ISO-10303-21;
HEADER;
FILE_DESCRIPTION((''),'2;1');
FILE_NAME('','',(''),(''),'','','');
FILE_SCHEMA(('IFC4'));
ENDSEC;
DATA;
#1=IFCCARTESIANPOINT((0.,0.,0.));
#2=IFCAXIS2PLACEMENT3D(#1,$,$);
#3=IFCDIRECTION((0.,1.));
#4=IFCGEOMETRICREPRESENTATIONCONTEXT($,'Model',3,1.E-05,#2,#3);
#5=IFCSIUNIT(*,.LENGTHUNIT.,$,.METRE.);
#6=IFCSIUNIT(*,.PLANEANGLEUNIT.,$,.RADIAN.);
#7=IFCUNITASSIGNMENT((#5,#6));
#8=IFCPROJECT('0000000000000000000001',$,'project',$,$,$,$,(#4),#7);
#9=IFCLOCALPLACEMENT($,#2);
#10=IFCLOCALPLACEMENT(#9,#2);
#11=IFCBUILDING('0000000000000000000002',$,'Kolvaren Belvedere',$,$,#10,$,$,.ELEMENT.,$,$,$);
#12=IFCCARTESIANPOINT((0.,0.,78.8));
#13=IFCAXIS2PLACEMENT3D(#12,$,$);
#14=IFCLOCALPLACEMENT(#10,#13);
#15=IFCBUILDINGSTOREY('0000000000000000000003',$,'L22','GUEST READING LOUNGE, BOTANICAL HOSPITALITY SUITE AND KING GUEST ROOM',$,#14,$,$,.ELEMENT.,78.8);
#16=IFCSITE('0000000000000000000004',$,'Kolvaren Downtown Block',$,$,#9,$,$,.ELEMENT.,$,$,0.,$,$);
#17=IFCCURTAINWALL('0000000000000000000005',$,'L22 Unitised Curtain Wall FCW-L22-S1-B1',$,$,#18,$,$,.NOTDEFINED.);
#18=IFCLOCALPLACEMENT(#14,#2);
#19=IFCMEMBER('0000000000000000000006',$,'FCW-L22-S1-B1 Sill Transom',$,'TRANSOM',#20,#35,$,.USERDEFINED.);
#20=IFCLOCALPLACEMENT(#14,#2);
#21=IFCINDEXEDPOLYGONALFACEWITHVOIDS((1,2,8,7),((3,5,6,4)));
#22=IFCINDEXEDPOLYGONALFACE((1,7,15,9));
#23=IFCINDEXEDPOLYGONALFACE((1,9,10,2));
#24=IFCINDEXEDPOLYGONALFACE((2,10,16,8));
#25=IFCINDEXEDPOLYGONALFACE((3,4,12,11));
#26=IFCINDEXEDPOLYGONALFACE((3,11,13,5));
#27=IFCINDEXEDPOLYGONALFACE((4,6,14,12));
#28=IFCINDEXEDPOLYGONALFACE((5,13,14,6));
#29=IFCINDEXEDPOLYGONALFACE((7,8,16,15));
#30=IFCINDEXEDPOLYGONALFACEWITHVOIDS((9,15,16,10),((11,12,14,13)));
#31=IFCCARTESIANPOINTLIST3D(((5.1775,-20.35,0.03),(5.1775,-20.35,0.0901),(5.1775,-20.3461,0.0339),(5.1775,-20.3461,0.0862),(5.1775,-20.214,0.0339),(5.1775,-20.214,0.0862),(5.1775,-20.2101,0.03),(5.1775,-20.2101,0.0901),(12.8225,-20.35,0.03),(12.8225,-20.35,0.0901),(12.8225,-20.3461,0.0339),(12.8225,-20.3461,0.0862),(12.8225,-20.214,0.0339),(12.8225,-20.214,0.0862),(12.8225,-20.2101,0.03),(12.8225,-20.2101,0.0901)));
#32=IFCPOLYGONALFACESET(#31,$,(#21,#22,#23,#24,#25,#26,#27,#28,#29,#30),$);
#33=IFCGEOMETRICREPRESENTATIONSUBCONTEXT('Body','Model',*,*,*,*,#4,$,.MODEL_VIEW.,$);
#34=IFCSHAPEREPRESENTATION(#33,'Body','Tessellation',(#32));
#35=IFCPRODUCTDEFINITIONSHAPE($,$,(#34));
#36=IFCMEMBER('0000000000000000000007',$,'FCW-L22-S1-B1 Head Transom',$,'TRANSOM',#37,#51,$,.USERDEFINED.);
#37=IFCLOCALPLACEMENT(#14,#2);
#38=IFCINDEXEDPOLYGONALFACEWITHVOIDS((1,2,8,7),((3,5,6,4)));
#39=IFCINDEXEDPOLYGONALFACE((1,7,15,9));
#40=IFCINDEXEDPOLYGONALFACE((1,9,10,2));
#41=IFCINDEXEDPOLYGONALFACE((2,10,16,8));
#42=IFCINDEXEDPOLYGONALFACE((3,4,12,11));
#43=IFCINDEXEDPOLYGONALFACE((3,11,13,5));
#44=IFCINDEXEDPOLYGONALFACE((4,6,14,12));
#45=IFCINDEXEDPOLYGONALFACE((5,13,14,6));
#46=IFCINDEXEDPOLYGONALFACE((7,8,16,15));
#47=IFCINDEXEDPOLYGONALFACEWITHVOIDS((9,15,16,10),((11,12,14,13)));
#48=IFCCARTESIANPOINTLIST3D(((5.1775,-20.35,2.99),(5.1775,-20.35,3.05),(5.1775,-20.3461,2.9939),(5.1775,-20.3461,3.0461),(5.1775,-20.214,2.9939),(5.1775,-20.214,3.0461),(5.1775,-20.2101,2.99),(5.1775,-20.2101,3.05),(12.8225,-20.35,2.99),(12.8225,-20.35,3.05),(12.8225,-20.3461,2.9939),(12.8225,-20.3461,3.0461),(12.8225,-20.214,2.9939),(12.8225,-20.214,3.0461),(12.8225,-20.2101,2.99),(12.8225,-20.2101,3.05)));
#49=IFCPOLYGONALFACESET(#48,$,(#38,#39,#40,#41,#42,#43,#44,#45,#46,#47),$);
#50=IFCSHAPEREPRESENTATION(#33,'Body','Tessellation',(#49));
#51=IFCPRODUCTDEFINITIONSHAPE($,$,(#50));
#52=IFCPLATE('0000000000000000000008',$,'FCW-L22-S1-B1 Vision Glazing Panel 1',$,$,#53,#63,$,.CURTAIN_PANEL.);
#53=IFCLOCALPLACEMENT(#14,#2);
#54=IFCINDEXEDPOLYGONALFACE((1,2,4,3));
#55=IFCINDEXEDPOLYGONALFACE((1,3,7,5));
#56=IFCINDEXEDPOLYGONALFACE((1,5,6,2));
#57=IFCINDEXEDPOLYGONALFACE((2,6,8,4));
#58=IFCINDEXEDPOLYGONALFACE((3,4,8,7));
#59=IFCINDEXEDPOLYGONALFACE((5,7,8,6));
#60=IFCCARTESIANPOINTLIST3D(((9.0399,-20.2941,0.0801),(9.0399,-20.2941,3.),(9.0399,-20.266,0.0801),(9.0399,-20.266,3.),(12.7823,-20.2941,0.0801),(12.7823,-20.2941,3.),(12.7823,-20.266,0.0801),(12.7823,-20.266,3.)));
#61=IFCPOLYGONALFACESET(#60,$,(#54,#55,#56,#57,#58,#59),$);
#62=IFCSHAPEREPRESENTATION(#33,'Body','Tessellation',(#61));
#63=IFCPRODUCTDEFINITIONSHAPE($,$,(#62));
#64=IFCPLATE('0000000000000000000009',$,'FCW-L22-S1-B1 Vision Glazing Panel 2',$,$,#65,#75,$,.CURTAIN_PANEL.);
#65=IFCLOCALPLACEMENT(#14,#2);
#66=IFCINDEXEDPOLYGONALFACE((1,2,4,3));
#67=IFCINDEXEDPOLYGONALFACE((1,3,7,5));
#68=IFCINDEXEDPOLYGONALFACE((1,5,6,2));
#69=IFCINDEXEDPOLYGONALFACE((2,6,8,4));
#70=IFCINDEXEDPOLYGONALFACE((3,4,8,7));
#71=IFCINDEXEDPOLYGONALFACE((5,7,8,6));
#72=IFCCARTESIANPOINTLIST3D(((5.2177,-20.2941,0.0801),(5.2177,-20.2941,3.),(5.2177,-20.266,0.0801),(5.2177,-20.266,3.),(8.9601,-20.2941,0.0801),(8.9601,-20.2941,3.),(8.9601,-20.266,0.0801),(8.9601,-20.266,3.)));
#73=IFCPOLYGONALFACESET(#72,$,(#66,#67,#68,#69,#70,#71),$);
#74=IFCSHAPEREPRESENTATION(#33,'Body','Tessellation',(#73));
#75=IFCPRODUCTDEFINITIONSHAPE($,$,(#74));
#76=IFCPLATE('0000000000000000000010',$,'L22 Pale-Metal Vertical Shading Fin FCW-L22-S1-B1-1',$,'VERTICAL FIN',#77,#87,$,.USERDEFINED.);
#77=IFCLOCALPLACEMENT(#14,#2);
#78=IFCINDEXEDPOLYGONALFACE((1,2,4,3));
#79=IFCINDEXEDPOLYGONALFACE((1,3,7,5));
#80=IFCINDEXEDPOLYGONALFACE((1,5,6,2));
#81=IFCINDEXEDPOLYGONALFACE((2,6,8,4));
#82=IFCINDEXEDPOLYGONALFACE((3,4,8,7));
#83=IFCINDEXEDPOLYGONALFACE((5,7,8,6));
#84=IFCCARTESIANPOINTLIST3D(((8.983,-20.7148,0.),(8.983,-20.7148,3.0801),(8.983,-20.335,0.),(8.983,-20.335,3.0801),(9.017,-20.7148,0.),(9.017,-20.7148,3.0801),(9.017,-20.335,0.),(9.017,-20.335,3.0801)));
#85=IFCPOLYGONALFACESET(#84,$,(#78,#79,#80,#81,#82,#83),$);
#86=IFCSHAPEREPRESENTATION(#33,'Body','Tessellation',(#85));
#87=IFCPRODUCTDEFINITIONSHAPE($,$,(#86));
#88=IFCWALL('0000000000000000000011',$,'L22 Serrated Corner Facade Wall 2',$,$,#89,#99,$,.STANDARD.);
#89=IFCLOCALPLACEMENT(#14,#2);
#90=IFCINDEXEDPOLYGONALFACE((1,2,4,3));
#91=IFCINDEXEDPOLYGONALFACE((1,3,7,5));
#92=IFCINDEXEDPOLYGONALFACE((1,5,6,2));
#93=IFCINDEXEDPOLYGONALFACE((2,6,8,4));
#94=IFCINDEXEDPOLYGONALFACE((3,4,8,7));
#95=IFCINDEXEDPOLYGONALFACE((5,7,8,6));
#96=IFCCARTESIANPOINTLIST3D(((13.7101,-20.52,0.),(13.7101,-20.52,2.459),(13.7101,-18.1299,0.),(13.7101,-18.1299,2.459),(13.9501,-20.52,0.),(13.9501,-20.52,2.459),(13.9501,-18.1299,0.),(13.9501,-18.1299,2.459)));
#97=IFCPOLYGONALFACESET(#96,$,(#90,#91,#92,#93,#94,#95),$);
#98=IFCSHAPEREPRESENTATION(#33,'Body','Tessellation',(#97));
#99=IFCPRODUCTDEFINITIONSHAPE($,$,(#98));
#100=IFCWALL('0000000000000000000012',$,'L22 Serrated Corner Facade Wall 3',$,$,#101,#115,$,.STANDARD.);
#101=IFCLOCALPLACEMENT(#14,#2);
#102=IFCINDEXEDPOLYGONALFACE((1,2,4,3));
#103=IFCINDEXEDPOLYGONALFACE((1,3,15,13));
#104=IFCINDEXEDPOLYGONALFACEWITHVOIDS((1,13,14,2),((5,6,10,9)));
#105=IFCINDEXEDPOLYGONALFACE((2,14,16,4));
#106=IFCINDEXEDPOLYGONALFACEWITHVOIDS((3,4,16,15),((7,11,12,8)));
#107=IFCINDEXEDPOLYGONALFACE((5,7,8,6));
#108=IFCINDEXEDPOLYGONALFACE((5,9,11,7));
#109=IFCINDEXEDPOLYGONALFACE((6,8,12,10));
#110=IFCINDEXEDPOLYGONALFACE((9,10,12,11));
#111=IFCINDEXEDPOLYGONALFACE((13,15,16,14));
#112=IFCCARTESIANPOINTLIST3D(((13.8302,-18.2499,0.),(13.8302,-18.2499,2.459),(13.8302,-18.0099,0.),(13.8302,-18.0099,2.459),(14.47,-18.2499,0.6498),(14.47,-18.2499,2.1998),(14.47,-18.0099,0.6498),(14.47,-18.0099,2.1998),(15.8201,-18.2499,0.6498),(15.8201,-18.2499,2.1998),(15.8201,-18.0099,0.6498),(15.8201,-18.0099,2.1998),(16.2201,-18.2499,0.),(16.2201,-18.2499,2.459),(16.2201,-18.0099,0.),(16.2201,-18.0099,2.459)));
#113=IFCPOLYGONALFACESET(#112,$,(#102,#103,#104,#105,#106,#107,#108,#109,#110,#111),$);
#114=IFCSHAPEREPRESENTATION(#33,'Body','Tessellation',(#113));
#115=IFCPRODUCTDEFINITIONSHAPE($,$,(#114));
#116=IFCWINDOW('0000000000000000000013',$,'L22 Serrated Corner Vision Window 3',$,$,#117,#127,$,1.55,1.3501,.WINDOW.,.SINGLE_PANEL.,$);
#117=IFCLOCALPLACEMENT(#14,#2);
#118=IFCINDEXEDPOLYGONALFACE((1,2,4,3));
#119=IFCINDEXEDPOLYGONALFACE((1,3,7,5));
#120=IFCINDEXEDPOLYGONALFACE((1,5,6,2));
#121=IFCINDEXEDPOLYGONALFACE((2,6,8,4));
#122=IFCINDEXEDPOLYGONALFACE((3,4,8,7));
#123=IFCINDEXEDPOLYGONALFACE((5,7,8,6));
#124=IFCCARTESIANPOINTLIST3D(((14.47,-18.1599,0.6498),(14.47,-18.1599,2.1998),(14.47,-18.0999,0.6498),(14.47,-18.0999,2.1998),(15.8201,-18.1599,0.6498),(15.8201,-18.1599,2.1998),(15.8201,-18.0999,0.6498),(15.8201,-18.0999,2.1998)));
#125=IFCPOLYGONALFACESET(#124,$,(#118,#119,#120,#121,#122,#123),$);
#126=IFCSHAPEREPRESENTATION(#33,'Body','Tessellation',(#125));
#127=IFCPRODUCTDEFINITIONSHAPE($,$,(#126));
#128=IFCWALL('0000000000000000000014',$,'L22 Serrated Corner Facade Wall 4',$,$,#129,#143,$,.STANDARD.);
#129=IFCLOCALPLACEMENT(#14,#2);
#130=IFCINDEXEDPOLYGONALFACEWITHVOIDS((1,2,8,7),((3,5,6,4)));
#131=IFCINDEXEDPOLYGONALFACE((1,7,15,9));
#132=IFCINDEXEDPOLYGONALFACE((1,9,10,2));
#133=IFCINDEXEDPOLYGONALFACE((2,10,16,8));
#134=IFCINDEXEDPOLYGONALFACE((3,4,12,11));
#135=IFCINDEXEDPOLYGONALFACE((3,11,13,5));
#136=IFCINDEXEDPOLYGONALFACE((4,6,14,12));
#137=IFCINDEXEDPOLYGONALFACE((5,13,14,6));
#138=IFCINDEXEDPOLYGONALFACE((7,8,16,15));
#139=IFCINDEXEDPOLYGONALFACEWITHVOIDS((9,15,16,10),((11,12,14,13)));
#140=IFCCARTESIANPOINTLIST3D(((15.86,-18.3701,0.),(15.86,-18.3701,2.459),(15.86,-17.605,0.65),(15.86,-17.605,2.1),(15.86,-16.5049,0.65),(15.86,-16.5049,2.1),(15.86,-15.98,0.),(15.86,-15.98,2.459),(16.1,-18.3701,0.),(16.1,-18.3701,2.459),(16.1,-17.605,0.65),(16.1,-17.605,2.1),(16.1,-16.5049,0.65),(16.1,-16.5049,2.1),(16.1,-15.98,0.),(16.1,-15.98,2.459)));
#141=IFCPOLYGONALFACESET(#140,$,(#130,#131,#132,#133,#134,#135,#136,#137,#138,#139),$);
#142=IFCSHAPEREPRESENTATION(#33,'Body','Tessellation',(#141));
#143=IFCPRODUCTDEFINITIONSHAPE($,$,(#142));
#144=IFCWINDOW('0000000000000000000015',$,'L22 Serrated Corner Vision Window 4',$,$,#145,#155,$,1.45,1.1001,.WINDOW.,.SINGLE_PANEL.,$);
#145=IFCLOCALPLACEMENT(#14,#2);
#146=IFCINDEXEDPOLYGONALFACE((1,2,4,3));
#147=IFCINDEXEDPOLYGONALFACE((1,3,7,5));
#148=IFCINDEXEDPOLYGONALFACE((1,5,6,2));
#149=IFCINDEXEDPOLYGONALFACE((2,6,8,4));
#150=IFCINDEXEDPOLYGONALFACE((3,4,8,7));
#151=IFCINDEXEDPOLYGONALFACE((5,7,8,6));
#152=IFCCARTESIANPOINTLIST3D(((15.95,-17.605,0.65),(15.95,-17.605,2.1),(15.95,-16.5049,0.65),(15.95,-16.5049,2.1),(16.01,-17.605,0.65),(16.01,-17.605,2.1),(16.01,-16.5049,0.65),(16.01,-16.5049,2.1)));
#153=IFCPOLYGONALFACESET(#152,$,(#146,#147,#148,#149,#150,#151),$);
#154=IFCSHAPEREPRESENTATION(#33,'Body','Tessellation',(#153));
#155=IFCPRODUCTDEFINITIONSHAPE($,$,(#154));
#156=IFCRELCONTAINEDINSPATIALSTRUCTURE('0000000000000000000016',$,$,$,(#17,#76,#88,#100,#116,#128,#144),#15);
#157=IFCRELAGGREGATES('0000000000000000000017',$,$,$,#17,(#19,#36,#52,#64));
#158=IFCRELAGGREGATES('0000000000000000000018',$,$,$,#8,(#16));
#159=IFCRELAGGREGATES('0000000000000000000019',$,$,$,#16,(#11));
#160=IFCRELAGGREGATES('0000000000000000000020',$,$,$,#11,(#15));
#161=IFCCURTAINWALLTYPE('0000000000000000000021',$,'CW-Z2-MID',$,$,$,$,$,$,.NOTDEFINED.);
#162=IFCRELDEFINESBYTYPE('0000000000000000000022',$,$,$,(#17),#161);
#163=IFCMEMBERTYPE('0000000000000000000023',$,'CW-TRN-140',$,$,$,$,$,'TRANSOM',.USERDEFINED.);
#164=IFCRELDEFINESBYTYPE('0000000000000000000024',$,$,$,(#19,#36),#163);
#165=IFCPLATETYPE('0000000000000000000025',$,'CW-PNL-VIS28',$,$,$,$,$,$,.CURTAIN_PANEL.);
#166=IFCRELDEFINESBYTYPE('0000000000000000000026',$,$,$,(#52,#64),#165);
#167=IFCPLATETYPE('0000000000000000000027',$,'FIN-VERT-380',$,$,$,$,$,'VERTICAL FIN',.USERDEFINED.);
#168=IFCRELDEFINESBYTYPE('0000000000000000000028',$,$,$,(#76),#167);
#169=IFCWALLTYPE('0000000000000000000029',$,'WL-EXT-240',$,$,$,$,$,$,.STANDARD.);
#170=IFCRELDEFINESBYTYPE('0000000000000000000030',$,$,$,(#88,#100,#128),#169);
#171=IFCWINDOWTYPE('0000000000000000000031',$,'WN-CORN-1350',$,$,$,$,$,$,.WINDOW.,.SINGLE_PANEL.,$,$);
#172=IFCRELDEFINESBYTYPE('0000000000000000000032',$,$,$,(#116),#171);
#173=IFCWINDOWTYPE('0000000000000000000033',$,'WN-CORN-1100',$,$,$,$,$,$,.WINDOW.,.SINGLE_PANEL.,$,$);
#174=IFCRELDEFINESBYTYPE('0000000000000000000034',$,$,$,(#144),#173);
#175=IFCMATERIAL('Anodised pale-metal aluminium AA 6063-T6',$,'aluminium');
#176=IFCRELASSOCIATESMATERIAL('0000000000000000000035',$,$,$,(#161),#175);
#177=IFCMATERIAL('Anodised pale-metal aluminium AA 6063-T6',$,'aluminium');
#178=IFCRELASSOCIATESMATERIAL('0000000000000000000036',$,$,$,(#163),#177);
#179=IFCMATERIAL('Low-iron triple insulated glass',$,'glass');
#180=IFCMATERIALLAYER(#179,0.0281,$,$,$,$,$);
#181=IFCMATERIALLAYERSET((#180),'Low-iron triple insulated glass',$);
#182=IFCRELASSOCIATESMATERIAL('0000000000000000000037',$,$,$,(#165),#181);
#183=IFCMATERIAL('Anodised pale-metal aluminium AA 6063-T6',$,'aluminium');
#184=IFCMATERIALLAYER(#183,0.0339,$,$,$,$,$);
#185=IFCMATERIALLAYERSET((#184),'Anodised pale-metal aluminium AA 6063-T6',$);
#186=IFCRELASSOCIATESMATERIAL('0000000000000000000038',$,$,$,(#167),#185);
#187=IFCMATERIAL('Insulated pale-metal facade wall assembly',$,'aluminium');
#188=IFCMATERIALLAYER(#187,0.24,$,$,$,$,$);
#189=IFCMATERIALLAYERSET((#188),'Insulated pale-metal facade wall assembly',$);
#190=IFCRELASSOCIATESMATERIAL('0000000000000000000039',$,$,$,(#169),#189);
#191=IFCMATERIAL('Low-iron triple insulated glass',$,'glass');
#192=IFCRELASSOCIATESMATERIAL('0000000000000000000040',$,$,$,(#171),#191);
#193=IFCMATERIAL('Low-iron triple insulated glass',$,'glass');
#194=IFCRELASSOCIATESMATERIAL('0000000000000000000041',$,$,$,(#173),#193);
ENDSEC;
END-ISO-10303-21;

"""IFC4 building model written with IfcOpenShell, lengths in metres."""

from ifc_helpers import new_model, si_unit, direction, frame, frame_2d, origin, origin_2d, place, context, subcontext, project, spatial, rectangle, hollow_rectangle, extrude, material, layer, layer_set, material_profile, profile_set, type_object, element, fill, aggregate, save


model = new_model("IFC4")

# Units and contexts
model_context = context("Model", 3, precision=1e-05, world=origin(), true_north=direction((0.0, 1.0)))
body_context = subcontext(model_context, "Body", "Model", "MODEL_VIEW")
ifc_project = project(units=[si_unit("LENGTHUNIT", "METRE"), si_unit("PLANEANGLEUNIT", "RADIAN")], contexts=[model_context])

# Site, building, storey
site_placement = place(None, origin())
site = spatial("IfcSite", under=ifc_project, at=site_placement, Name="Kolvaren Downtown Block", CompositionType="ELEMENT", RefElevation=0.0)
building_placement = place(site_placement, origin())
building = spatial("IfcBuilding", under=site, at=building_placement, Name="Kolvaren Belvedere", CompositionType="ELEMENT")
storey_placement = place(building_placement, frame((0.0, 0.0, 78.8)))
storey = spatial("IfcBuildingStorey", under=building, at=storey_placement, Name="L22", Description="GUEST READING LOUNGE, BOTANICAL HOSPITALITY SUITE AND KING GUEST ROOM", CompositionType="ELEMENT", Elevation=78.8)

# Curtain wall
ifc_material_1 = material(Name="Anodised pale-metal aluminium AA 6063-T6", Category="aluminium")
curtain_wall_type = type_object("IfcCurtainWallType", Name="CW-Z2-MID", PredefinedType="NOTDEFINED", material=ifc_material_1)
curtain_wall_1_placement = place(storey_placement, origin())
curtain_wall_1 = element("IfcCurtainWall", 1, at=curtain_wall_1_placement, inside=storey, type_object=curtain_wall_type, Name="L22 Unitised Curtain Wall FCW-L22-S1-B1", PredefinedType="NOTDEFINED")

# Members
ifc_material_2 = material(Name="Anodised pale-metal aluminium AA 6063-T6", Category="aluminium")
ifc_material_profile_1 = material_profile(ifc_material_2, hollow_rectangle(XDim=0.0601, YDim=0.1399, WallThickness=0.0039, at=origin_2d()), Name="ALU-TRN-140X60")
ifc_profile_set_1 = profile_set([ifc_material_profile_1], Name="Anodised pale-metal aluminium AA 6063-T6")
member_type_1 = type_object("IfcMemberType", Name="CW-TRN-140", ElementType="TRANSOM", PredefinedType="USERDEFINED", material=ifc_profile_set_1)
member_1_placement = place(storey_placement, frame((12.8225, -20.28, 0.0601), z_axis=(-1.0, 0.0, 0.0), x_axis=(0.0, 0.0, 1.0)))
member_1 = element("IfcMember", 2, at=member_1_placement, type_object=member_type_1, Name="FCW-L22-S1-B1 Sill Transom", ObjectType="TRANSOM", PredefinedType="USERDEFINED", context=body_context, shape_type="SweptSolid", body=[
    extrude(hollow_rectangle(XDim=0.0601, YDim=0.1399, WallThickness=0.0039, at=origin_2d()), origin(), (0.0, 0.0, 1.0), 7.645),
])
member_2_placement = place(storey_placement, frame((12.8225, -20.28, 3.02), z_axis=(-1.0, 0.0, 0.0), x_axis=(0.0, 0.0, 1.0)))
member_2 = element("IfcMember", 3, at=member_2_placement, type_object=member_type_1, Name="FCW-L22-S1-B1 Head Transom", ObjectType="TRANSOM", PredefinedType="USERDEFINED", context=body_context, shape_type="SweptSolid", body=[
    extrude(hollow_rectangle(XDim=0.0601, YDim=0.1399, WallThickness=0.0039, at=origin_2d()), origin(), (0.0, 0.0, 1.0), 7.645),
])

# Plates
ifc_material_3 = material(Name="Low-iron triple insulated glass", Category="glass")
ifc_layer_1 = layer(ifc_material_3, 0.0281)
ifc_layer_set_1 = layer_set([ifc_layer_1], Name="Low-iron triple insulated glass")
plate_type_1 = type_object("IfcPlateType", Name="CW-PNL-VIS28", PredefinedType="CURTAIN_PANEL", material=ifc_layer_set_1)
plate_1_placement = place(storey_placement, frame((10.9111, -20.28, 0.0801), z_axis=(0.0, 0.0, 1.0), x_axis=(-1.0, 0.0, 0.0)))
plate_1 = element("IfcPlate", 4, at=plate_1_placement, type_object=plate_type_1, Name="FCW-L22-S1-B1 Vision Glazing Panel 1", PredefinedType="CURTAIN_PANEL", context=body_context, shape_type="SweptSolid", body=[
    extrude(rectangle(XDim=3.7424, YDim=0.0281, at=origin_2d()), origin(), (0.0, 0.0, 1.0), 2.9199),
])
plate_2_placement = place(storey_placement, frame((7.0889, -20.28, 0.0801), z_axis=(0.0, 0.0, 1.0), x_axis=(-1.0, 0.0, 0.0)))
plate_2 = element("IfcPlate", 5, at=plate_2_placement, type_object=plate_type_1, Name="FCW-L22-S1-B1 Vision Glazing Panel 2", PredefinedType="CURTAIN_PANEL", context=body_context, shape_type="SweptSolid", body=[
    extrude(rectangle(XDim=3.7424, YDim=0.0281, at=origin_2d()), origin(), (0.0, 0.0, 1.0), 2.9199),
])
aggregate(curtain_wall_1, [member_1, member_2, plate_1, plate_2])
ifc_material_4 = material(Name="Anodised pale-metal aluminium AA 6063-T6", Category="aluminium")
ifc_layer_2 = layer(ifc_material_4, 0.0339)
ifc_layer_set_2 = layer_set([ifc_layer_2], Name="Anodised pale-metal aluminium AA 6063-T6")
plate_type_2 = type_object("IfcPlateType", Name="FIN-VERT-380", ElementType="VERTICAL FIN", PredefinedType="USERDEFINED", material=ifc_layer_set_2)
plate_3_placement = place(storey_placement, frame((9.0, -20.5249, 0.0), z_axis=(0.0, 0.0, 1.0), x_axis=(0.0, 1.0, 0.0)))
element("IfcPlate", 6, at=plate_3_placement, inside=storey, type_object=plate_type_2, Name="L22 Pale-Metal Vertical Shading Fin FCW-L22-S1-B1-1", ObjectType="VERTICAL FIN", PredefinedType="USERDEFINED", context=body_context, shape_type="SweptSolid", body=[
    extrude(rectangle(XDim=0.3799, YDim=0.0339, at=origin_2d()), origin(), (0.0, 0.0, 1.0), 3.0801),
])

# Wall
ifc_material_5 = material(Name="Insulated pale-metal facade wall assembly", Category="aluminium")
ifc_layer_3 = layer(ifc_material_5, 0.24)
ifc_layer_set_3 = layer_set([ifc_layer_3], Name="Insulated pale-metal facade wall assembly")
wall_type_1 = type_object("IfcWallType", Name="WL-EXT-240", PredefinedType="STANDARD", material=ifc_layer_set_3)
wall_1_placement = place(storey_placement, frame((13.8301, -18.1299, 0.0), z_axis=(0.0, 0.0, 1.0), x_axis=(0.0, -1.0, 0.0)))
element("IfcWall", 7, at=wall_1_placement, inside=storey, type_object=wall_type_1, Name="L22 Serrated Corner Facade Wall 2", PredefinedType="STANDARD", context=body_context, shape_type="SweptSolid", body=[
    extrude(rectangle(XDim=2.3901, YDim=0.24, at=frame_2d((1.1951, 0.0))), origin(), (0.0, 0.0, 1.0), 2.459),
])

# Walls, openings, windows
wall_2_placement = place(storey_placement, frame((16.22, -18.1299, 0.0), z_axis=(0.0, 0.0, 1.0), x_axis=(-1.0, 0.0, 0.0)))
wall_2 = element("IfcWall", 8, at=wall_2_placement, inside=storey, type_object=wall_type_1, Name="L22 Serrated Corner Facade Wall 3", PredefinedType="STANDARD", context=body_context, shape_type="SweptSolid", body=[
    extrude(rectangle(XDim=2.3899, YDim=0.24, at=frame_2d((1.1948, 0.0))), origin(), (0.0, 0.0, 1.0), 2.459),
])
opening_1_placement = place(wall_2_placement, frame((0.3999, 0.0, 0.6499)))
opening_1 = element("IfcOpeningElement", 9, at=opening_1_placement, cuts=wall_2, PredefinedType="OPENING", context=body_context, shape_type="SweptSolid", body=[
    extrude(rectangle(XDim=1.3501, YDim=1.55, at=frame_2d((0.675, 0.7749))), frame((0.0, 0.1299, 0.0), z_axis=(0.0, -1.0, 0.0), x_axis=(1.0, 0.0, 0.0)), (0.0, 0.0, 1.0), 0.26),
])
ifc_material_6 = material(Name="Low-iron triple insulated glass", Category="glass")
window_type_1 = type_object("IfcWindowType", Name="WN-CORN-1350", PartitioningType="SINGLE_PANEL", PredefinedType="WINDOW", material=ifc_material_6)
window_1_placement = place(opening_1_placement, origin())
window_1 = element("IfcWindow", 10, at=window_1_placement, inside=storey, type_object=window_type_1, Name="L22 Serrated Corner Vision Window 3", OverallHeight=1.55, OverallWidth=1.3501, PartitioningType="SINGLE_PANEL", PredefinedType="WINDOW", context=body_context, shape_type="SweptSolid", body=[
    extrude(rectangle(XDim=1.3501, YDim=1.55, at=frame_2d((0.675, 0.7749))), frame((0.0, 0.03, 0.0), z_axis=(0.0, -1.0, 0.0), x_axis=(1.0, 0.0, 0.0)), (0.0, 0.0, 1.0), 0.0601),
])
fill(opening_1, window_1)
wall_3_placement = place(storey_placement, frame((15.98, -15.98, 0.0), z_axis=(0.0, 0.0, 1.0), x_axis=(0.0, -1.0, 0.0)))
wall_3 = element("IfcWall", 11, at=wall_3_placement, inside=storey, type_object=wall_type_1, Name="L22 Serrated Corner Facade Wall 4", PredefinedType="STANDARD", context=body_context, shape_type="SweptSolid", body=[
    extrude(rectangle(XDim=2.3901, YDim=0.24, at=frame_2d((1.1951, 0.0))), origin(), (0.0, 0.0, 1.0), 2.459),
])
opening_2_placement = place(wall_3_placement, frame((0.5249, 0.0, 0.6499)))
opening_2 = element("IfcOpeningElement", 12, at=opening_2_placement, cuts=wall_3, PredefinedType="OPENING", context=body_context, shape_type="SweptSolid", body=[
    extrude(rectangle(XDim=1.1001, YDim=1.45, at=frame_2d((0.55, 0.7251))), frame((0.0, 0.1299, 0.0), z_axis=(0.0, -1.0, 0.0), x_axis=(1.0, 0.0, 0.0)), (0.0, 0.0, 1.0), 0.26),
])
ifc_material_7 = material(Name="Low-iron triple insulated glass", Category="glass")
window_type_2 = type_object("IfcWindowType", Name="WN-CORN-1100", PartitioningType="SINGLE_PANEL", PredefinedType="WINDOW", material=ifc_material_7)
window_2_placement = place(opening_2_placement, origin())
window_2 = element("IfcWindow", 13, at=window_2_placement, inside=storey, type_object=window_type_2, Name="L22 Serrated Corner Vision Window 4", OverallHeight=1.45, OverallWidth=1.1001, PartitioningType="SINGLE_PANEL", PredefinedType="WINDOW", context=body_context, shape_type="SweptSolid", body=[
    extrude(rectangle(XDim=1.1001, YDim=1.45, at=frame_2d((0.55, 0.7251))), frame((0.0, 0.03, 0.0), z_axis=(0.0, -1.0, 0.0), x_axis=(1.0, 0.0, 0.0)), (0.0, 0.0, 1.0), 0.0601),
])
fill(opening_2, window_2)

save(model, "model.ifc")
